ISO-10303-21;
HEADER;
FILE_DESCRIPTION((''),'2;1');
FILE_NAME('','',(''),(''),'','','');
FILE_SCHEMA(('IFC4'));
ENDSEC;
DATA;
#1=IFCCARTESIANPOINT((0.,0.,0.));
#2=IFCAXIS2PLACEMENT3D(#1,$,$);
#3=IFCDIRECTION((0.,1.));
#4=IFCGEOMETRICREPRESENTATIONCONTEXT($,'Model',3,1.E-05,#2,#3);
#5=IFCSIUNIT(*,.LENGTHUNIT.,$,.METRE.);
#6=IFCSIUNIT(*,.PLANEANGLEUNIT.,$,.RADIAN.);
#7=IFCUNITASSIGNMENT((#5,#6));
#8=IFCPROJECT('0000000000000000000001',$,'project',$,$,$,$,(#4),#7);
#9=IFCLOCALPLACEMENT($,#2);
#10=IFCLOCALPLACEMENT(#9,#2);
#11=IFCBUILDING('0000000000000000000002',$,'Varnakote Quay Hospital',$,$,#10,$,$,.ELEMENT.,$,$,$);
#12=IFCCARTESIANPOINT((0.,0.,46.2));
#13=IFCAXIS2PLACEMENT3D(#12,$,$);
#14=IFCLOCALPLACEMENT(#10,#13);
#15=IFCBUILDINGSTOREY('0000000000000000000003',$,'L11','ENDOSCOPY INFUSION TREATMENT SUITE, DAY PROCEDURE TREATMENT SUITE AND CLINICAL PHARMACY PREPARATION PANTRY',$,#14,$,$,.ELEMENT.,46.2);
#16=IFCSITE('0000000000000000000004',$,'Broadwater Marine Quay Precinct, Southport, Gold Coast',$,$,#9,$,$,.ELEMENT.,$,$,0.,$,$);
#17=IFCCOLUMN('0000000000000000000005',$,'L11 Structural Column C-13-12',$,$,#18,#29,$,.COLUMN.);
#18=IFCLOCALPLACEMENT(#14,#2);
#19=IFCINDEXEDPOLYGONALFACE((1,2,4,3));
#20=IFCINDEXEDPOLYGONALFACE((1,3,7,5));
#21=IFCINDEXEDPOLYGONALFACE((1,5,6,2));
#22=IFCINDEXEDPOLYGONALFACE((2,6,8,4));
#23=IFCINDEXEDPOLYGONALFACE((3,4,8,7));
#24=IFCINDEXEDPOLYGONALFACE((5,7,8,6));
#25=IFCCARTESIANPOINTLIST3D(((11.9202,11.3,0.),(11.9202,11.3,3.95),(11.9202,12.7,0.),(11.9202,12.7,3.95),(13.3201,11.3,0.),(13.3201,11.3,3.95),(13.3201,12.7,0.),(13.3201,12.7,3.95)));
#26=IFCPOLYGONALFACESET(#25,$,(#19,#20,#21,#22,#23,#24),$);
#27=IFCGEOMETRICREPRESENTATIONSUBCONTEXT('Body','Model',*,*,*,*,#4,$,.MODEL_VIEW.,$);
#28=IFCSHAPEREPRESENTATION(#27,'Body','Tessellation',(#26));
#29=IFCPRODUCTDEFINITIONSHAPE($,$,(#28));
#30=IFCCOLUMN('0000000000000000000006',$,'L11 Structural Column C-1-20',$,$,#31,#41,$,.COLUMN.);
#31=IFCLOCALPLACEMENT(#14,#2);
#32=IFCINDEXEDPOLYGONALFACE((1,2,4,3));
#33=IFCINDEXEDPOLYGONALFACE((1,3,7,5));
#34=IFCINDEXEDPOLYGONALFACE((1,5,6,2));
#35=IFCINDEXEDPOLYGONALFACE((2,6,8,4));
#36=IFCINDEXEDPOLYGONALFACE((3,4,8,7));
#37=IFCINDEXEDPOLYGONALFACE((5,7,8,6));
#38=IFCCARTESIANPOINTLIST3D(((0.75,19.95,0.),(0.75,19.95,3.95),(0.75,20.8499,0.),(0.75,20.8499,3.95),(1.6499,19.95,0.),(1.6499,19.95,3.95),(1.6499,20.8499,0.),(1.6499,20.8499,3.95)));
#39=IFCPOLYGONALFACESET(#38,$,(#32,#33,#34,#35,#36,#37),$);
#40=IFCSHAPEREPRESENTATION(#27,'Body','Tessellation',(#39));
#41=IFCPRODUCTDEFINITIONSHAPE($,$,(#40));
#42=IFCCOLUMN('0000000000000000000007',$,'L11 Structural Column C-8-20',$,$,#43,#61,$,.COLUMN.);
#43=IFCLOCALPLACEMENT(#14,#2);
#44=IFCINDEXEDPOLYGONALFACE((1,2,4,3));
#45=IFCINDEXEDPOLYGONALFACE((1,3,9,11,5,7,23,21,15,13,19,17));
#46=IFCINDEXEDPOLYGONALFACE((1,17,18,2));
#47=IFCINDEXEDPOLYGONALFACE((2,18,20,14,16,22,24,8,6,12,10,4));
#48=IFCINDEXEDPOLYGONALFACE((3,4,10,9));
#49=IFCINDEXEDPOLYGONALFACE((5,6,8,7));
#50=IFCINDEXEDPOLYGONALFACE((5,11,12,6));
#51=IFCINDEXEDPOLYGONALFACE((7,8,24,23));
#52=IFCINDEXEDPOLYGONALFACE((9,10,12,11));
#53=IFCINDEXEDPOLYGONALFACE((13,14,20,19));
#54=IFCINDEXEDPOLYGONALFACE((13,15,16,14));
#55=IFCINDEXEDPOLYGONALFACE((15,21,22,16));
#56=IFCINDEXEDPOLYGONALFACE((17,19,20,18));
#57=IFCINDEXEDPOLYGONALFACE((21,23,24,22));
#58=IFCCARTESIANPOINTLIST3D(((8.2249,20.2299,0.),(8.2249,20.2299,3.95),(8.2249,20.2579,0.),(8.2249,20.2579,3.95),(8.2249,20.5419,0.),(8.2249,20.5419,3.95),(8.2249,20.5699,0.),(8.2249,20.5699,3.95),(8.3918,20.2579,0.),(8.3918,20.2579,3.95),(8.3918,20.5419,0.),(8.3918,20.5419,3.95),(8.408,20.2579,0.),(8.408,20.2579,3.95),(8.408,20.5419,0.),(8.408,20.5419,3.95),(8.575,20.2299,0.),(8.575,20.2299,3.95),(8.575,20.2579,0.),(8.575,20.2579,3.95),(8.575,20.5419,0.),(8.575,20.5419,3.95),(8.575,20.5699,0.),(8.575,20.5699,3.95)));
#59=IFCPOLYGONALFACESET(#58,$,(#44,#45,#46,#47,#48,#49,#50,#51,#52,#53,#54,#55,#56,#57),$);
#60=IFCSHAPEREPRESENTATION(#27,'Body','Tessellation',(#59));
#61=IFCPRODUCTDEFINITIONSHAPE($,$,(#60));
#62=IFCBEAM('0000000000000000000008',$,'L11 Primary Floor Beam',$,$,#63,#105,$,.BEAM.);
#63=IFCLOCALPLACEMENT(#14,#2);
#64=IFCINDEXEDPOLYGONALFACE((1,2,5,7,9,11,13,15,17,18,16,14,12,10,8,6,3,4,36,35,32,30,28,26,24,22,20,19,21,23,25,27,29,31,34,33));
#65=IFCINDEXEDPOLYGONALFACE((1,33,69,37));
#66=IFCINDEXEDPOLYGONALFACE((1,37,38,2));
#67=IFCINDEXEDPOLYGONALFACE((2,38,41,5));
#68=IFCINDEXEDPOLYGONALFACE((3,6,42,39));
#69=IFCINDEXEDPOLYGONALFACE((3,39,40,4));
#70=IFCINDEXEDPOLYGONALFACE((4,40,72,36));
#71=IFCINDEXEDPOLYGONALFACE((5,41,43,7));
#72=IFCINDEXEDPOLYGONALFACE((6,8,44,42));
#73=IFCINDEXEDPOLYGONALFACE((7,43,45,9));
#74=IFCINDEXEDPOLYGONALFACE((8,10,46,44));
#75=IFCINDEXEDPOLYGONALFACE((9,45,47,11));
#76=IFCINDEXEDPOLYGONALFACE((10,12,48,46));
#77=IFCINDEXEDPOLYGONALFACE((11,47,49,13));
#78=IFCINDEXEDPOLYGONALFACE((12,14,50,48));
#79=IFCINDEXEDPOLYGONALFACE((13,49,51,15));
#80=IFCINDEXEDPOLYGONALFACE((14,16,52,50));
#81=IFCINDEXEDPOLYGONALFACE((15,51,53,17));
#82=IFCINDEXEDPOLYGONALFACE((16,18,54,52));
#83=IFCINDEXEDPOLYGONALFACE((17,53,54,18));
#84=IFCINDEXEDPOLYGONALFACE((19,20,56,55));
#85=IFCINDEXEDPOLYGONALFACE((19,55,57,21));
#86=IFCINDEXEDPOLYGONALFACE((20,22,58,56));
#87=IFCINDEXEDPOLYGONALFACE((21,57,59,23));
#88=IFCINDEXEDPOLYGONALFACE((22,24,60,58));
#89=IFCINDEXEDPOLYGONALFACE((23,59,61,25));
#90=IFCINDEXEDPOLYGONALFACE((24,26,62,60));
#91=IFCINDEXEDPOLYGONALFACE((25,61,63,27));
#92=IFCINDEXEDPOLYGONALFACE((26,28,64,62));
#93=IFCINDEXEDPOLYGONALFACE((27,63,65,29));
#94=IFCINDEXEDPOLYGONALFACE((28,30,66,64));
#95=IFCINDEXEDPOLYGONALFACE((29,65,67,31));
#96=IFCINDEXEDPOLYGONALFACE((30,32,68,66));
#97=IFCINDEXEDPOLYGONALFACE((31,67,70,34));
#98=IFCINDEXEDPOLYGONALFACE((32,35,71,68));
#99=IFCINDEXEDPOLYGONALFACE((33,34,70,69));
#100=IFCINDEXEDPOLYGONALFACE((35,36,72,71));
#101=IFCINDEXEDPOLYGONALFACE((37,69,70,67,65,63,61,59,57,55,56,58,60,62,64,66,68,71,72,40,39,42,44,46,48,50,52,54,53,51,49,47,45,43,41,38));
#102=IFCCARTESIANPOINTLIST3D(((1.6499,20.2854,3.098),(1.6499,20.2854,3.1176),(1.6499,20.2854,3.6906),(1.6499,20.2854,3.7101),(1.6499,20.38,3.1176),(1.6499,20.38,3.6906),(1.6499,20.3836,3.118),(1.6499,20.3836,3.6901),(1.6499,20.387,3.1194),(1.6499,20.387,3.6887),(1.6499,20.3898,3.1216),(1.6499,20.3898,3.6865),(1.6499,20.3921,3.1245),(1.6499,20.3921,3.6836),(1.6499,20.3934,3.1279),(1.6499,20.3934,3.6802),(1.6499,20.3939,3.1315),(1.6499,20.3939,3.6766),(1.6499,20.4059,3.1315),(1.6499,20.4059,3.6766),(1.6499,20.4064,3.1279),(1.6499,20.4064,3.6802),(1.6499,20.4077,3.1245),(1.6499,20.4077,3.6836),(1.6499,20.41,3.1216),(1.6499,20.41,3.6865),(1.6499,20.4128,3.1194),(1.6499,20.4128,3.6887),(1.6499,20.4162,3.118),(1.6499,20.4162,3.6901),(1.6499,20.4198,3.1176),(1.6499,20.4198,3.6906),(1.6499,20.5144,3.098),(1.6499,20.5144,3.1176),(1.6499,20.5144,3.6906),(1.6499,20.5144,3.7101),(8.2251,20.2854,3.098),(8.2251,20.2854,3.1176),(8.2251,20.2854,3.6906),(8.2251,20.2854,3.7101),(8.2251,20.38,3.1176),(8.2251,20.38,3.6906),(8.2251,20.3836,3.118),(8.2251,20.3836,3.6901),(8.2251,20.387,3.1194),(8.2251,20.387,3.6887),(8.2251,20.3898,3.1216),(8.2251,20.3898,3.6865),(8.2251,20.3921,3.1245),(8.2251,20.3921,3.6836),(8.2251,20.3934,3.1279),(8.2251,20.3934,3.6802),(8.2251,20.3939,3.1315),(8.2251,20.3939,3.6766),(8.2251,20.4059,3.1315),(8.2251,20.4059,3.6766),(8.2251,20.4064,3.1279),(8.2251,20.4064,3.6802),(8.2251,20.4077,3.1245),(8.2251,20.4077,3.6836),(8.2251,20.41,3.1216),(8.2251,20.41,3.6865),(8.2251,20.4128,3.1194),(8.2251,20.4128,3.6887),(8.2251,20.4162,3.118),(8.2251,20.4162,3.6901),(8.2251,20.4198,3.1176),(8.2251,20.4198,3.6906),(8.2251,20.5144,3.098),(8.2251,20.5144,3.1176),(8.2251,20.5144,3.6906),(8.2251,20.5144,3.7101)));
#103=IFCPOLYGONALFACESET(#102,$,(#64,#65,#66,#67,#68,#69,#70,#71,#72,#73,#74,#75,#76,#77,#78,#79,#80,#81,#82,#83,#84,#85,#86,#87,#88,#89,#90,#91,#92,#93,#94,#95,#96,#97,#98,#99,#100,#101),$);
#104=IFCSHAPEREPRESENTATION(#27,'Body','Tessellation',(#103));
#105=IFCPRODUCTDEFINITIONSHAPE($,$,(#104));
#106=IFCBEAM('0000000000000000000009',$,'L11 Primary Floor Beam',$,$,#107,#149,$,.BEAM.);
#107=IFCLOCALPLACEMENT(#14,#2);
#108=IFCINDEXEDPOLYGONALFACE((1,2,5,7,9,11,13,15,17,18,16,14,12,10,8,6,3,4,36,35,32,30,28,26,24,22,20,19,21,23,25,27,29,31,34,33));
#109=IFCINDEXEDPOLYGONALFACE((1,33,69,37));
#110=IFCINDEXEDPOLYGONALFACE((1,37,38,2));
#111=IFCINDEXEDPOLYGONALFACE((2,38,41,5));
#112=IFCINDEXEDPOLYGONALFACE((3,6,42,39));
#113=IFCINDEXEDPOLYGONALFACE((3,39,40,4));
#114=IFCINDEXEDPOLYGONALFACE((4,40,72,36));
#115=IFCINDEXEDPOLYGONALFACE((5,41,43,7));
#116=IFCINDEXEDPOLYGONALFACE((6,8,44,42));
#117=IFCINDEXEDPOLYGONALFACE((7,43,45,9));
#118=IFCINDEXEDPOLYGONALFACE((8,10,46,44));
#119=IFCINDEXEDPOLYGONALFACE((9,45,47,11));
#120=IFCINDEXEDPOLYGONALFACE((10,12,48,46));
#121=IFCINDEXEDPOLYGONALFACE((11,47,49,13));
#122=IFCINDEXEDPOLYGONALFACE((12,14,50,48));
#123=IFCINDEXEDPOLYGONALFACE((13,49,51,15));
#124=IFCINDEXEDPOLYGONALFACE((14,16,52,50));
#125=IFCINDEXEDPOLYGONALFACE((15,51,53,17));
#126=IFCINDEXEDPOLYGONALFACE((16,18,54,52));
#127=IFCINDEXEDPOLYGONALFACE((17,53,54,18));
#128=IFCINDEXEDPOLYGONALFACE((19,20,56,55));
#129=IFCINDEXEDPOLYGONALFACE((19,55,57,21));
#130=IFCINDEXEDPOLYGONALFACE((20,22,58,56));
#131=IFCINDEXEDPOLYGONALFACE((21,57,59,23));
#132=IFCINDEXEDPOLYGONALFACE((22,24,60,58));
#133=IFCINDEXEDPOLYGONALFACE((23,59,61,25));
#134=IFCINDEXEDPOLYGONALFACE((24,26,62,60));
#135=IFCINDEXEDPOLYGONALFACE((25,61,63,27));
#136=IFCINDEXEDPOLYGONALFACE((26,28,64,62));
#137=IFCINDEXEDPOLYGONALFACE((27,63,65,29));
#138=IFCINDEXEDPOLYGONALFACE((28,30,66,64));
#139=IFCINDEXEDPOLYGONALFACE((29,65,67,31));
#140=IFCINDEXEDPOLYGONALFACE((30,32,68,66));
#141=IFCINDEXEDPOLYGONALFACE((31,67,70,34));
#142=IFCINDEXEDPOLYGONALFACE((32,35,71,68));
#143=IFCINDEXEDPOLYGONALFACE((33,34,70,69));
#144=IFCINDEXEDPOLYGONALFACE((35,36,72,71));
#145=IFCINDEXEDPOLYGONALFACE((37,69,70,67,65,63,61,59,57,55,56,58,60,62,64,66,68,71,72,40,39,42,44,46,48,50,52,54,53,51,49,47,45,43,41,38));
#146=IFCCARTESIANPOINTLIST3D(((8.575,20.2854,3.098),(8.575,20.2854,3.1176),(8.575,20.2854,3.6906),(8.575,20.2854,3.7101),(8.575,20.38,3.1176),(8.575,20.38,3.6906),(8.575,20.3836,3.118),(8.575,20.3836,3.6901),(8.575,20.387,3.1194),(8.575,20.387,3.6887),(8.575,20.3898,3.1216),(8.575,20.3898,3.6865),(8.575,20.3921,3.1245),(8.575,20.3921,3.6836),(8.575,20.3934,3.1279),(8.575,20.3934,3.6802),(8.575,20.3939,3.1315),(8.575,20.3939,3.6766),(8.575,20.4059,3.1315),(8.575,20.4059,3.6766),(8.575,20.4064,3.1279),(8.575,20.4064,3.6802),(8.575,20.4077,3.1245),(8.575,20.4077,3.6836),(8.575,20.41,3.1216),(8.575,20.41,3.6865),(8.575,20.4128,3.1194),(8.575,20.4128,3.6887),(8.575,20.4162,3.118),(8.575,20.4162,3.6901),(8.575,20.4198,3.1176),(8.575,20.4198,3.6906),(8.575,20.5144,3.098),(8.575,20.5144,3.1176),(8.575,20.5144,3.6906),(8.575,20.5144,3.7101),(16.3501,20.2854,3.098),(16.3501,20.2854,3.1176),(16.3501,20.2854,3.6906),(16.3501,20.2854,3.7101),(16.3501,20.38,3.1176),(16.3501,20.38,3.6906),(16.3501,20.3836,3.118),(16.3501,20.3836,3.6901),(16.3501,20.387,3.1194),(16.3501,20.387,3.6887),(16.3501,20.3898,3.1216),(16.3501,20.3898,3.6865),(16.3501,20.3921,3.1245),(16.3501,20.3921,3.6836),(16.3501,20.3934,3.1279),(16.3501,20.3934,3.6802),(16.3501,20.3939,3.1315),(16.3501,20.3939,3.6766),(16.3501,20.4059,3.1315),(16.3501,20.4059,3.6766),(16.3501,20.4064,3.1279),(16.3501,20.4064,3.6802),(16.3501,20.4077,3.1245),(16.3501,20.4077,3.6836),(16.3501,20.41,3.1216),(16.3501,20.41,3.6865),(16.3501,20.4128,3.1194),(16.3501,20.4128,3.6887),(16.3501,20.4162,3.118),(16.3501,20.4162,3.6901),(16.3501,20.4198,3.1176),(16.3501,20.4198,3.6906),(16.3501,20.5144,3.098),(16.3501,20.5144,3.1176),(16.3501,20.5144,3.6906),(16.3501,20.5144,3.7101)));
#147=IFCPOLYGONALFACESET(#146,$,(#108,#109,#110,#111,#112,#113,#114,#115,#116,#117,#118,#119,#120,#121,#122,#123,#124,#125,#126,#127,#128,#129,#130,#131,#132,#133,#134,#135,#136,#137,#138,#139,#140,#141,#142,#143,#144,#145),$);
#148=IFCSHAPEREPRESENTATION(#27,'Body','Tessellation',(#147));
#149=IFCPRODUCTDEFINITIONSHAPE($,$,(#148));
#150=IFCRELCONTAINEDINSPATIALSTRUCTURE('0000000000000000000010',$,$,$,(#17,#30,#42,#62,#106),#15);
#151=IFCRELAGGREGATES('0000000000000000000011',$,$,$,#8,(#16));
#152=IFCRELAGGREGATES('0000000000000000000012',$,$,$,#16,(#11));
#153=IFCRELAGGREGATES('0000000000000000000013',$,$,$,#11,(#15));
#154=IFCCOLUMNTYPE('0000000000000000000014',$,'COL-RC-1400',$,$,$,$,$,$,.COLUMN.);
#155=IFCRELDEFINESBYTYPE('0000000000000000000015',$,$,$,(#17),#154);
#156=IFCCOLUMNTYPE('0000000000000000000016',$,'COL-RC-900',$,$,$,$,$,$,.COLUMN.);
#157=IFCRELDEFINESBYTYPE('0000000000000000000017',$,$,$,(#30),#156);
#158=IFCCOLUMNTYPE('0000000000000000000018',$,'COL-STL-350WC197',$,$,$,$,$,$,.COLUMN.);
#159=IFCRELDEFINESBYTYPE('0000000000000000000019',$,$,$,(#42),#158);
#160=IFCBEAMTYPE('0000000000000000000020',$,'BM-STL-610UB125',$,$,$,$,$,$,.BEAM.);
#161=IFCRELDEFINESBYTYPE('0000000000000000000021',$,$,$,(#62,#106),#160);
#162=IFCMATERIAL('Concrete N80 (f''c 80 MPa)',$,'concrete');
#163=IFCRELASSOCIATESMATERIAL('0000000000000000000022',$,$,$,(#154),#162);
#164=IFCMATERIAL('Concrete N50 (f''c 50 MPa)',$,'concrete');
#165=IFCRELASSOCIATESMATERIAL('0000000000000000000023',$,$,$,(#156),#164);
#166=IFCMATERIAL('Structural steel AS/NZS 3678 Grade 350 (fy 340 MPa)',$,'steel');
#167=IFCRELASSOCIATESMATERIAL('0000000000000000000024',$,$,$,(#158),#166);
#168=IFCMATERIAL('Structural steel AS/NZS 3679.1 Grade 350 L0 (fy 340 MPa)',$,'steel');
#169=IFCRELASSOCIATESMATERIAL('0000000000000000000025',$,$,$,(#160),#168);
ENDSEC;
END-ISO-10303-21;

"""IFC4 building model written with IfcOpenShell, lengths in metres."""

from ifc_helpers import new_model, si_unit, direction, frame, origin, origin_2d, place, context, subcontext, project, spatial, rectangle, i_section, extrude, material, material_profile, profile_set, type_object, element, save


model = new_model("IFC4")

# Units and contexts
model_context = context("Model", 3, precision=1e-05, world=origin(), true_north=direction((0.0, 1.0)))
body_context = subcontext(model_context, "Body", "Model", "MODEL_VIEW")
ifc_project = project(units=[si_unit("LENGTHUNIT", "METRE"), si_unit("PLANEANGLEUNIT", "RADIAN")], contexts=[model_context])

# Site, building, storey
site_placement = place(None, origin())
site = spatial("IfcSite", under=ifc_project, at=site_placement, Name="Broadwater Marine Quay Precinct, Southport, Gold Coast", CompositionType="ELEMENT", RefElevation=0.0)
building_placement = place(site_placement, origin())
building = spatial("IfcBuilding", under=site, at=building_placement, Name="Varnakote Quay Hospital", CompositionType="ELEMENT")
storey_placement = place(building_placement, frame((0.0, 0.0, 46.2)))
storey = spatial("IfcBuildingStorey", under=building, at=storey_placement, Name="L11", Description="ENDOSCOPY INFUSION TREATMENT SUITE, DAY PROCEDURE TREATMENT SUITE AND CLINICAL PHARMACY PREPARATION PANTRY", CompositionType="ELEMENT", Elevation=46.2)

# Columns
ifc_material_1 = material(Name="Concrete N80 (f'c 80 MPa)", Category="concrete")
ifc_material_profile_1 = material_profile(ifc_material_1, rectangle(XDim=1.3999, YDim=1.3999, at=origin_2d()), Name="RC-COL-1400x1400")
ifc_profile_set_1 = profile_set([ifc_material_profile_1], Name="Concrete N80 (f'c 80 MPa)")
column_type_1 = type_object("IfcColumnType", Name="COL-RC-1400", PredefinedType="COLUMN", material=ifc_profile_set_1)
column_1_placement = place(storey_placement, frame((12.6201, 12.0, 0.0), z_axis=(0.0, 0.0, 1.0), x_axis=(1.0, 0.0, 0.0)))
element("IfcColumn", 1, at=column_1_placement, inside=storey, type_object=column_type_1, Name="L11 Structural Column C-13-12", PredefinedType="COLUMN", context=body_context, shape_type="SweptSolid", body=[
    extrude(rectangle(XDim=1.3999, YDim=1.3999, at=origin_2d()), origin(), (0.0, 0.0, 1.0), 3.95),
])
ifc_material_2 = material(Name="Concrete N50 (f'c 50 MPa)", Category="concrete")
ifc_material_profile_2 = material_profile(ifc_material_2, rectangle(XDim=0.8999, YDim=0.8999, at=origin_2d()), Name="RC-COL-900x900")
ifc_profile_set_2 = profile_set([ifc_material_profile_2], Name="Concrete N50 (f'c 50 MPa)")
column_type_2 = type_object("IfcColumnType", Name="COL-RC-900", PredefinedType="COLUMN", material=ifc_profile_set_2)
column_2_placement = place(storey_placement, frame((1.2, 20.3999, 0.0), z_axis=(0.0, 0.0, 1.0), x_axis=(1.0, 0.0, 0.0)))
element("IfcColumn", 2, at=column_2_placement, inside=storey, type_object=column_type_2, Name="L11 Structural Column C-1-20", PredefinedType="COLUMN", context=body_context, shape_type="SweptSolid", body=[
    extrude(rectangle(XDim=0.8999, YDim=0.8999, at=origin_2d()), origin(), (0.0, 0.0, 1.0), 3.95),
])
ifc_material_3 = material(Name="Structural steel AS/NZS 3678 Grade 350 (fy 340 MPa)", Category="steel")
ifc_material_profile_3 = material_profile(ifc_material_3, i_section(OverallWidth=0.3501, OverallDepth=0.3401, WebThickness=0.0161, FlangeThickness=0.0281, at=origin_2d()), Name="350WC197")
ifc_profile_set_3 = profile_set([ifc_material_profile_3], Name="Structural steel AS/NZS 3678 Grade 350 (fy 340 MPa)")
column_type_3 = type_object("IfcColumnType", Name="COL-STL-350WC197", PredefinedType="COLUMN", material=ifc_profile_set_3)
column_3_placement = place(storey_placement, frame((8.3999, 20.3999, 0.0), z_axis=(0.0, 0.0, 1.0), x_axis=(1.0, 0.0, 0.0)))
element("IfcColumn", 3, at=column_3_placement, inside=storey, type_object=column_type_3, Name="L11 Structural Column C-8-20", PredefinedType="COLUMN", context=body_context, shape_type="SweptSolid", body=[
    extrude(i_section(OverallWidth=0.3501, OverallDepth=0.3401, WebThickness=0.0161, FlangeThickness=0.0281, at=origin_2d()), origin(), (0.0, 0.0, 1.0), 3.95),
])

# Beams
ifc_material_4 = material(Name="Structural steel AS/NZS 3679.1 Grade 350 L0 (fy 340 MPa)", Category="steel")
ifc_material_profile_4 = material_profile(ifc_material_4, i_section(OverallWidth=0.229, OverallDepth=0.6121, WebThickness=0.012, FlangeThickness=0.0195, FilletRadius=0.0139, at=origin_2d()), Name="610UB125")
ifc_profile_set_4 = profile_set([ifc_material_profile_4], Name="Structural steel AS/NZS 3679.1 Grade 350 L0 (fy 340 MPa)")
beam_type_1 = type_object("IfcBeamType", Name="BM-STL-610UB125", PredefinedType="BEAM", material=ifc_profile_set_4)
beam_1_placement = place(storey_placement, frame((1.6499, 20.3999, 3.4041), z_axis=(1.0, 0.0, 0.0), x_axis=(0.0, 1.0, 0.0)))
element("IfcBeam", 4, at=beam_1_placement, inside=storey, type_object=beam_type_1, Name="L11 Primary Floor Beam", PredefinedType="BEAM", context=body_context, shape_type="SweptSolid", body=[
    extrude(i_section(OverallWidth=0.229, OverallDepth=0.6121, WebThickness=0.012, FlangeThickness=0.0195, FilletRadius=0.0139, at=origin_2d()), origin(), (0.0, 0.0, 1.0), 6.5752),
])
beam_2_placement = place(storey_placement, frame((8.575, 20.3999, 3.4041), z_axis=(1.0, 0.0, 0.0), x_axis=(0.0, 1.0, 0.0)))
element("IfcBeam", 5, at=beam_2_placement, inside=storey, type_object=beam_type_1, Name="L11 Primary Floor Beam", PredefinedType="BEAM", context=body_context, shape_type="SweptSolid", body=[
    extrude(i_section(OverallWidth=0.229, OverallDepth=0.6121, WebThickness=0.012, FlangeThickness=0.0195, FilletRadius=0.0139, at=origin_2d()), origin(), (0.0, 0.0, 1.0), 7.7751),
])

save(model, "model.ifc")
